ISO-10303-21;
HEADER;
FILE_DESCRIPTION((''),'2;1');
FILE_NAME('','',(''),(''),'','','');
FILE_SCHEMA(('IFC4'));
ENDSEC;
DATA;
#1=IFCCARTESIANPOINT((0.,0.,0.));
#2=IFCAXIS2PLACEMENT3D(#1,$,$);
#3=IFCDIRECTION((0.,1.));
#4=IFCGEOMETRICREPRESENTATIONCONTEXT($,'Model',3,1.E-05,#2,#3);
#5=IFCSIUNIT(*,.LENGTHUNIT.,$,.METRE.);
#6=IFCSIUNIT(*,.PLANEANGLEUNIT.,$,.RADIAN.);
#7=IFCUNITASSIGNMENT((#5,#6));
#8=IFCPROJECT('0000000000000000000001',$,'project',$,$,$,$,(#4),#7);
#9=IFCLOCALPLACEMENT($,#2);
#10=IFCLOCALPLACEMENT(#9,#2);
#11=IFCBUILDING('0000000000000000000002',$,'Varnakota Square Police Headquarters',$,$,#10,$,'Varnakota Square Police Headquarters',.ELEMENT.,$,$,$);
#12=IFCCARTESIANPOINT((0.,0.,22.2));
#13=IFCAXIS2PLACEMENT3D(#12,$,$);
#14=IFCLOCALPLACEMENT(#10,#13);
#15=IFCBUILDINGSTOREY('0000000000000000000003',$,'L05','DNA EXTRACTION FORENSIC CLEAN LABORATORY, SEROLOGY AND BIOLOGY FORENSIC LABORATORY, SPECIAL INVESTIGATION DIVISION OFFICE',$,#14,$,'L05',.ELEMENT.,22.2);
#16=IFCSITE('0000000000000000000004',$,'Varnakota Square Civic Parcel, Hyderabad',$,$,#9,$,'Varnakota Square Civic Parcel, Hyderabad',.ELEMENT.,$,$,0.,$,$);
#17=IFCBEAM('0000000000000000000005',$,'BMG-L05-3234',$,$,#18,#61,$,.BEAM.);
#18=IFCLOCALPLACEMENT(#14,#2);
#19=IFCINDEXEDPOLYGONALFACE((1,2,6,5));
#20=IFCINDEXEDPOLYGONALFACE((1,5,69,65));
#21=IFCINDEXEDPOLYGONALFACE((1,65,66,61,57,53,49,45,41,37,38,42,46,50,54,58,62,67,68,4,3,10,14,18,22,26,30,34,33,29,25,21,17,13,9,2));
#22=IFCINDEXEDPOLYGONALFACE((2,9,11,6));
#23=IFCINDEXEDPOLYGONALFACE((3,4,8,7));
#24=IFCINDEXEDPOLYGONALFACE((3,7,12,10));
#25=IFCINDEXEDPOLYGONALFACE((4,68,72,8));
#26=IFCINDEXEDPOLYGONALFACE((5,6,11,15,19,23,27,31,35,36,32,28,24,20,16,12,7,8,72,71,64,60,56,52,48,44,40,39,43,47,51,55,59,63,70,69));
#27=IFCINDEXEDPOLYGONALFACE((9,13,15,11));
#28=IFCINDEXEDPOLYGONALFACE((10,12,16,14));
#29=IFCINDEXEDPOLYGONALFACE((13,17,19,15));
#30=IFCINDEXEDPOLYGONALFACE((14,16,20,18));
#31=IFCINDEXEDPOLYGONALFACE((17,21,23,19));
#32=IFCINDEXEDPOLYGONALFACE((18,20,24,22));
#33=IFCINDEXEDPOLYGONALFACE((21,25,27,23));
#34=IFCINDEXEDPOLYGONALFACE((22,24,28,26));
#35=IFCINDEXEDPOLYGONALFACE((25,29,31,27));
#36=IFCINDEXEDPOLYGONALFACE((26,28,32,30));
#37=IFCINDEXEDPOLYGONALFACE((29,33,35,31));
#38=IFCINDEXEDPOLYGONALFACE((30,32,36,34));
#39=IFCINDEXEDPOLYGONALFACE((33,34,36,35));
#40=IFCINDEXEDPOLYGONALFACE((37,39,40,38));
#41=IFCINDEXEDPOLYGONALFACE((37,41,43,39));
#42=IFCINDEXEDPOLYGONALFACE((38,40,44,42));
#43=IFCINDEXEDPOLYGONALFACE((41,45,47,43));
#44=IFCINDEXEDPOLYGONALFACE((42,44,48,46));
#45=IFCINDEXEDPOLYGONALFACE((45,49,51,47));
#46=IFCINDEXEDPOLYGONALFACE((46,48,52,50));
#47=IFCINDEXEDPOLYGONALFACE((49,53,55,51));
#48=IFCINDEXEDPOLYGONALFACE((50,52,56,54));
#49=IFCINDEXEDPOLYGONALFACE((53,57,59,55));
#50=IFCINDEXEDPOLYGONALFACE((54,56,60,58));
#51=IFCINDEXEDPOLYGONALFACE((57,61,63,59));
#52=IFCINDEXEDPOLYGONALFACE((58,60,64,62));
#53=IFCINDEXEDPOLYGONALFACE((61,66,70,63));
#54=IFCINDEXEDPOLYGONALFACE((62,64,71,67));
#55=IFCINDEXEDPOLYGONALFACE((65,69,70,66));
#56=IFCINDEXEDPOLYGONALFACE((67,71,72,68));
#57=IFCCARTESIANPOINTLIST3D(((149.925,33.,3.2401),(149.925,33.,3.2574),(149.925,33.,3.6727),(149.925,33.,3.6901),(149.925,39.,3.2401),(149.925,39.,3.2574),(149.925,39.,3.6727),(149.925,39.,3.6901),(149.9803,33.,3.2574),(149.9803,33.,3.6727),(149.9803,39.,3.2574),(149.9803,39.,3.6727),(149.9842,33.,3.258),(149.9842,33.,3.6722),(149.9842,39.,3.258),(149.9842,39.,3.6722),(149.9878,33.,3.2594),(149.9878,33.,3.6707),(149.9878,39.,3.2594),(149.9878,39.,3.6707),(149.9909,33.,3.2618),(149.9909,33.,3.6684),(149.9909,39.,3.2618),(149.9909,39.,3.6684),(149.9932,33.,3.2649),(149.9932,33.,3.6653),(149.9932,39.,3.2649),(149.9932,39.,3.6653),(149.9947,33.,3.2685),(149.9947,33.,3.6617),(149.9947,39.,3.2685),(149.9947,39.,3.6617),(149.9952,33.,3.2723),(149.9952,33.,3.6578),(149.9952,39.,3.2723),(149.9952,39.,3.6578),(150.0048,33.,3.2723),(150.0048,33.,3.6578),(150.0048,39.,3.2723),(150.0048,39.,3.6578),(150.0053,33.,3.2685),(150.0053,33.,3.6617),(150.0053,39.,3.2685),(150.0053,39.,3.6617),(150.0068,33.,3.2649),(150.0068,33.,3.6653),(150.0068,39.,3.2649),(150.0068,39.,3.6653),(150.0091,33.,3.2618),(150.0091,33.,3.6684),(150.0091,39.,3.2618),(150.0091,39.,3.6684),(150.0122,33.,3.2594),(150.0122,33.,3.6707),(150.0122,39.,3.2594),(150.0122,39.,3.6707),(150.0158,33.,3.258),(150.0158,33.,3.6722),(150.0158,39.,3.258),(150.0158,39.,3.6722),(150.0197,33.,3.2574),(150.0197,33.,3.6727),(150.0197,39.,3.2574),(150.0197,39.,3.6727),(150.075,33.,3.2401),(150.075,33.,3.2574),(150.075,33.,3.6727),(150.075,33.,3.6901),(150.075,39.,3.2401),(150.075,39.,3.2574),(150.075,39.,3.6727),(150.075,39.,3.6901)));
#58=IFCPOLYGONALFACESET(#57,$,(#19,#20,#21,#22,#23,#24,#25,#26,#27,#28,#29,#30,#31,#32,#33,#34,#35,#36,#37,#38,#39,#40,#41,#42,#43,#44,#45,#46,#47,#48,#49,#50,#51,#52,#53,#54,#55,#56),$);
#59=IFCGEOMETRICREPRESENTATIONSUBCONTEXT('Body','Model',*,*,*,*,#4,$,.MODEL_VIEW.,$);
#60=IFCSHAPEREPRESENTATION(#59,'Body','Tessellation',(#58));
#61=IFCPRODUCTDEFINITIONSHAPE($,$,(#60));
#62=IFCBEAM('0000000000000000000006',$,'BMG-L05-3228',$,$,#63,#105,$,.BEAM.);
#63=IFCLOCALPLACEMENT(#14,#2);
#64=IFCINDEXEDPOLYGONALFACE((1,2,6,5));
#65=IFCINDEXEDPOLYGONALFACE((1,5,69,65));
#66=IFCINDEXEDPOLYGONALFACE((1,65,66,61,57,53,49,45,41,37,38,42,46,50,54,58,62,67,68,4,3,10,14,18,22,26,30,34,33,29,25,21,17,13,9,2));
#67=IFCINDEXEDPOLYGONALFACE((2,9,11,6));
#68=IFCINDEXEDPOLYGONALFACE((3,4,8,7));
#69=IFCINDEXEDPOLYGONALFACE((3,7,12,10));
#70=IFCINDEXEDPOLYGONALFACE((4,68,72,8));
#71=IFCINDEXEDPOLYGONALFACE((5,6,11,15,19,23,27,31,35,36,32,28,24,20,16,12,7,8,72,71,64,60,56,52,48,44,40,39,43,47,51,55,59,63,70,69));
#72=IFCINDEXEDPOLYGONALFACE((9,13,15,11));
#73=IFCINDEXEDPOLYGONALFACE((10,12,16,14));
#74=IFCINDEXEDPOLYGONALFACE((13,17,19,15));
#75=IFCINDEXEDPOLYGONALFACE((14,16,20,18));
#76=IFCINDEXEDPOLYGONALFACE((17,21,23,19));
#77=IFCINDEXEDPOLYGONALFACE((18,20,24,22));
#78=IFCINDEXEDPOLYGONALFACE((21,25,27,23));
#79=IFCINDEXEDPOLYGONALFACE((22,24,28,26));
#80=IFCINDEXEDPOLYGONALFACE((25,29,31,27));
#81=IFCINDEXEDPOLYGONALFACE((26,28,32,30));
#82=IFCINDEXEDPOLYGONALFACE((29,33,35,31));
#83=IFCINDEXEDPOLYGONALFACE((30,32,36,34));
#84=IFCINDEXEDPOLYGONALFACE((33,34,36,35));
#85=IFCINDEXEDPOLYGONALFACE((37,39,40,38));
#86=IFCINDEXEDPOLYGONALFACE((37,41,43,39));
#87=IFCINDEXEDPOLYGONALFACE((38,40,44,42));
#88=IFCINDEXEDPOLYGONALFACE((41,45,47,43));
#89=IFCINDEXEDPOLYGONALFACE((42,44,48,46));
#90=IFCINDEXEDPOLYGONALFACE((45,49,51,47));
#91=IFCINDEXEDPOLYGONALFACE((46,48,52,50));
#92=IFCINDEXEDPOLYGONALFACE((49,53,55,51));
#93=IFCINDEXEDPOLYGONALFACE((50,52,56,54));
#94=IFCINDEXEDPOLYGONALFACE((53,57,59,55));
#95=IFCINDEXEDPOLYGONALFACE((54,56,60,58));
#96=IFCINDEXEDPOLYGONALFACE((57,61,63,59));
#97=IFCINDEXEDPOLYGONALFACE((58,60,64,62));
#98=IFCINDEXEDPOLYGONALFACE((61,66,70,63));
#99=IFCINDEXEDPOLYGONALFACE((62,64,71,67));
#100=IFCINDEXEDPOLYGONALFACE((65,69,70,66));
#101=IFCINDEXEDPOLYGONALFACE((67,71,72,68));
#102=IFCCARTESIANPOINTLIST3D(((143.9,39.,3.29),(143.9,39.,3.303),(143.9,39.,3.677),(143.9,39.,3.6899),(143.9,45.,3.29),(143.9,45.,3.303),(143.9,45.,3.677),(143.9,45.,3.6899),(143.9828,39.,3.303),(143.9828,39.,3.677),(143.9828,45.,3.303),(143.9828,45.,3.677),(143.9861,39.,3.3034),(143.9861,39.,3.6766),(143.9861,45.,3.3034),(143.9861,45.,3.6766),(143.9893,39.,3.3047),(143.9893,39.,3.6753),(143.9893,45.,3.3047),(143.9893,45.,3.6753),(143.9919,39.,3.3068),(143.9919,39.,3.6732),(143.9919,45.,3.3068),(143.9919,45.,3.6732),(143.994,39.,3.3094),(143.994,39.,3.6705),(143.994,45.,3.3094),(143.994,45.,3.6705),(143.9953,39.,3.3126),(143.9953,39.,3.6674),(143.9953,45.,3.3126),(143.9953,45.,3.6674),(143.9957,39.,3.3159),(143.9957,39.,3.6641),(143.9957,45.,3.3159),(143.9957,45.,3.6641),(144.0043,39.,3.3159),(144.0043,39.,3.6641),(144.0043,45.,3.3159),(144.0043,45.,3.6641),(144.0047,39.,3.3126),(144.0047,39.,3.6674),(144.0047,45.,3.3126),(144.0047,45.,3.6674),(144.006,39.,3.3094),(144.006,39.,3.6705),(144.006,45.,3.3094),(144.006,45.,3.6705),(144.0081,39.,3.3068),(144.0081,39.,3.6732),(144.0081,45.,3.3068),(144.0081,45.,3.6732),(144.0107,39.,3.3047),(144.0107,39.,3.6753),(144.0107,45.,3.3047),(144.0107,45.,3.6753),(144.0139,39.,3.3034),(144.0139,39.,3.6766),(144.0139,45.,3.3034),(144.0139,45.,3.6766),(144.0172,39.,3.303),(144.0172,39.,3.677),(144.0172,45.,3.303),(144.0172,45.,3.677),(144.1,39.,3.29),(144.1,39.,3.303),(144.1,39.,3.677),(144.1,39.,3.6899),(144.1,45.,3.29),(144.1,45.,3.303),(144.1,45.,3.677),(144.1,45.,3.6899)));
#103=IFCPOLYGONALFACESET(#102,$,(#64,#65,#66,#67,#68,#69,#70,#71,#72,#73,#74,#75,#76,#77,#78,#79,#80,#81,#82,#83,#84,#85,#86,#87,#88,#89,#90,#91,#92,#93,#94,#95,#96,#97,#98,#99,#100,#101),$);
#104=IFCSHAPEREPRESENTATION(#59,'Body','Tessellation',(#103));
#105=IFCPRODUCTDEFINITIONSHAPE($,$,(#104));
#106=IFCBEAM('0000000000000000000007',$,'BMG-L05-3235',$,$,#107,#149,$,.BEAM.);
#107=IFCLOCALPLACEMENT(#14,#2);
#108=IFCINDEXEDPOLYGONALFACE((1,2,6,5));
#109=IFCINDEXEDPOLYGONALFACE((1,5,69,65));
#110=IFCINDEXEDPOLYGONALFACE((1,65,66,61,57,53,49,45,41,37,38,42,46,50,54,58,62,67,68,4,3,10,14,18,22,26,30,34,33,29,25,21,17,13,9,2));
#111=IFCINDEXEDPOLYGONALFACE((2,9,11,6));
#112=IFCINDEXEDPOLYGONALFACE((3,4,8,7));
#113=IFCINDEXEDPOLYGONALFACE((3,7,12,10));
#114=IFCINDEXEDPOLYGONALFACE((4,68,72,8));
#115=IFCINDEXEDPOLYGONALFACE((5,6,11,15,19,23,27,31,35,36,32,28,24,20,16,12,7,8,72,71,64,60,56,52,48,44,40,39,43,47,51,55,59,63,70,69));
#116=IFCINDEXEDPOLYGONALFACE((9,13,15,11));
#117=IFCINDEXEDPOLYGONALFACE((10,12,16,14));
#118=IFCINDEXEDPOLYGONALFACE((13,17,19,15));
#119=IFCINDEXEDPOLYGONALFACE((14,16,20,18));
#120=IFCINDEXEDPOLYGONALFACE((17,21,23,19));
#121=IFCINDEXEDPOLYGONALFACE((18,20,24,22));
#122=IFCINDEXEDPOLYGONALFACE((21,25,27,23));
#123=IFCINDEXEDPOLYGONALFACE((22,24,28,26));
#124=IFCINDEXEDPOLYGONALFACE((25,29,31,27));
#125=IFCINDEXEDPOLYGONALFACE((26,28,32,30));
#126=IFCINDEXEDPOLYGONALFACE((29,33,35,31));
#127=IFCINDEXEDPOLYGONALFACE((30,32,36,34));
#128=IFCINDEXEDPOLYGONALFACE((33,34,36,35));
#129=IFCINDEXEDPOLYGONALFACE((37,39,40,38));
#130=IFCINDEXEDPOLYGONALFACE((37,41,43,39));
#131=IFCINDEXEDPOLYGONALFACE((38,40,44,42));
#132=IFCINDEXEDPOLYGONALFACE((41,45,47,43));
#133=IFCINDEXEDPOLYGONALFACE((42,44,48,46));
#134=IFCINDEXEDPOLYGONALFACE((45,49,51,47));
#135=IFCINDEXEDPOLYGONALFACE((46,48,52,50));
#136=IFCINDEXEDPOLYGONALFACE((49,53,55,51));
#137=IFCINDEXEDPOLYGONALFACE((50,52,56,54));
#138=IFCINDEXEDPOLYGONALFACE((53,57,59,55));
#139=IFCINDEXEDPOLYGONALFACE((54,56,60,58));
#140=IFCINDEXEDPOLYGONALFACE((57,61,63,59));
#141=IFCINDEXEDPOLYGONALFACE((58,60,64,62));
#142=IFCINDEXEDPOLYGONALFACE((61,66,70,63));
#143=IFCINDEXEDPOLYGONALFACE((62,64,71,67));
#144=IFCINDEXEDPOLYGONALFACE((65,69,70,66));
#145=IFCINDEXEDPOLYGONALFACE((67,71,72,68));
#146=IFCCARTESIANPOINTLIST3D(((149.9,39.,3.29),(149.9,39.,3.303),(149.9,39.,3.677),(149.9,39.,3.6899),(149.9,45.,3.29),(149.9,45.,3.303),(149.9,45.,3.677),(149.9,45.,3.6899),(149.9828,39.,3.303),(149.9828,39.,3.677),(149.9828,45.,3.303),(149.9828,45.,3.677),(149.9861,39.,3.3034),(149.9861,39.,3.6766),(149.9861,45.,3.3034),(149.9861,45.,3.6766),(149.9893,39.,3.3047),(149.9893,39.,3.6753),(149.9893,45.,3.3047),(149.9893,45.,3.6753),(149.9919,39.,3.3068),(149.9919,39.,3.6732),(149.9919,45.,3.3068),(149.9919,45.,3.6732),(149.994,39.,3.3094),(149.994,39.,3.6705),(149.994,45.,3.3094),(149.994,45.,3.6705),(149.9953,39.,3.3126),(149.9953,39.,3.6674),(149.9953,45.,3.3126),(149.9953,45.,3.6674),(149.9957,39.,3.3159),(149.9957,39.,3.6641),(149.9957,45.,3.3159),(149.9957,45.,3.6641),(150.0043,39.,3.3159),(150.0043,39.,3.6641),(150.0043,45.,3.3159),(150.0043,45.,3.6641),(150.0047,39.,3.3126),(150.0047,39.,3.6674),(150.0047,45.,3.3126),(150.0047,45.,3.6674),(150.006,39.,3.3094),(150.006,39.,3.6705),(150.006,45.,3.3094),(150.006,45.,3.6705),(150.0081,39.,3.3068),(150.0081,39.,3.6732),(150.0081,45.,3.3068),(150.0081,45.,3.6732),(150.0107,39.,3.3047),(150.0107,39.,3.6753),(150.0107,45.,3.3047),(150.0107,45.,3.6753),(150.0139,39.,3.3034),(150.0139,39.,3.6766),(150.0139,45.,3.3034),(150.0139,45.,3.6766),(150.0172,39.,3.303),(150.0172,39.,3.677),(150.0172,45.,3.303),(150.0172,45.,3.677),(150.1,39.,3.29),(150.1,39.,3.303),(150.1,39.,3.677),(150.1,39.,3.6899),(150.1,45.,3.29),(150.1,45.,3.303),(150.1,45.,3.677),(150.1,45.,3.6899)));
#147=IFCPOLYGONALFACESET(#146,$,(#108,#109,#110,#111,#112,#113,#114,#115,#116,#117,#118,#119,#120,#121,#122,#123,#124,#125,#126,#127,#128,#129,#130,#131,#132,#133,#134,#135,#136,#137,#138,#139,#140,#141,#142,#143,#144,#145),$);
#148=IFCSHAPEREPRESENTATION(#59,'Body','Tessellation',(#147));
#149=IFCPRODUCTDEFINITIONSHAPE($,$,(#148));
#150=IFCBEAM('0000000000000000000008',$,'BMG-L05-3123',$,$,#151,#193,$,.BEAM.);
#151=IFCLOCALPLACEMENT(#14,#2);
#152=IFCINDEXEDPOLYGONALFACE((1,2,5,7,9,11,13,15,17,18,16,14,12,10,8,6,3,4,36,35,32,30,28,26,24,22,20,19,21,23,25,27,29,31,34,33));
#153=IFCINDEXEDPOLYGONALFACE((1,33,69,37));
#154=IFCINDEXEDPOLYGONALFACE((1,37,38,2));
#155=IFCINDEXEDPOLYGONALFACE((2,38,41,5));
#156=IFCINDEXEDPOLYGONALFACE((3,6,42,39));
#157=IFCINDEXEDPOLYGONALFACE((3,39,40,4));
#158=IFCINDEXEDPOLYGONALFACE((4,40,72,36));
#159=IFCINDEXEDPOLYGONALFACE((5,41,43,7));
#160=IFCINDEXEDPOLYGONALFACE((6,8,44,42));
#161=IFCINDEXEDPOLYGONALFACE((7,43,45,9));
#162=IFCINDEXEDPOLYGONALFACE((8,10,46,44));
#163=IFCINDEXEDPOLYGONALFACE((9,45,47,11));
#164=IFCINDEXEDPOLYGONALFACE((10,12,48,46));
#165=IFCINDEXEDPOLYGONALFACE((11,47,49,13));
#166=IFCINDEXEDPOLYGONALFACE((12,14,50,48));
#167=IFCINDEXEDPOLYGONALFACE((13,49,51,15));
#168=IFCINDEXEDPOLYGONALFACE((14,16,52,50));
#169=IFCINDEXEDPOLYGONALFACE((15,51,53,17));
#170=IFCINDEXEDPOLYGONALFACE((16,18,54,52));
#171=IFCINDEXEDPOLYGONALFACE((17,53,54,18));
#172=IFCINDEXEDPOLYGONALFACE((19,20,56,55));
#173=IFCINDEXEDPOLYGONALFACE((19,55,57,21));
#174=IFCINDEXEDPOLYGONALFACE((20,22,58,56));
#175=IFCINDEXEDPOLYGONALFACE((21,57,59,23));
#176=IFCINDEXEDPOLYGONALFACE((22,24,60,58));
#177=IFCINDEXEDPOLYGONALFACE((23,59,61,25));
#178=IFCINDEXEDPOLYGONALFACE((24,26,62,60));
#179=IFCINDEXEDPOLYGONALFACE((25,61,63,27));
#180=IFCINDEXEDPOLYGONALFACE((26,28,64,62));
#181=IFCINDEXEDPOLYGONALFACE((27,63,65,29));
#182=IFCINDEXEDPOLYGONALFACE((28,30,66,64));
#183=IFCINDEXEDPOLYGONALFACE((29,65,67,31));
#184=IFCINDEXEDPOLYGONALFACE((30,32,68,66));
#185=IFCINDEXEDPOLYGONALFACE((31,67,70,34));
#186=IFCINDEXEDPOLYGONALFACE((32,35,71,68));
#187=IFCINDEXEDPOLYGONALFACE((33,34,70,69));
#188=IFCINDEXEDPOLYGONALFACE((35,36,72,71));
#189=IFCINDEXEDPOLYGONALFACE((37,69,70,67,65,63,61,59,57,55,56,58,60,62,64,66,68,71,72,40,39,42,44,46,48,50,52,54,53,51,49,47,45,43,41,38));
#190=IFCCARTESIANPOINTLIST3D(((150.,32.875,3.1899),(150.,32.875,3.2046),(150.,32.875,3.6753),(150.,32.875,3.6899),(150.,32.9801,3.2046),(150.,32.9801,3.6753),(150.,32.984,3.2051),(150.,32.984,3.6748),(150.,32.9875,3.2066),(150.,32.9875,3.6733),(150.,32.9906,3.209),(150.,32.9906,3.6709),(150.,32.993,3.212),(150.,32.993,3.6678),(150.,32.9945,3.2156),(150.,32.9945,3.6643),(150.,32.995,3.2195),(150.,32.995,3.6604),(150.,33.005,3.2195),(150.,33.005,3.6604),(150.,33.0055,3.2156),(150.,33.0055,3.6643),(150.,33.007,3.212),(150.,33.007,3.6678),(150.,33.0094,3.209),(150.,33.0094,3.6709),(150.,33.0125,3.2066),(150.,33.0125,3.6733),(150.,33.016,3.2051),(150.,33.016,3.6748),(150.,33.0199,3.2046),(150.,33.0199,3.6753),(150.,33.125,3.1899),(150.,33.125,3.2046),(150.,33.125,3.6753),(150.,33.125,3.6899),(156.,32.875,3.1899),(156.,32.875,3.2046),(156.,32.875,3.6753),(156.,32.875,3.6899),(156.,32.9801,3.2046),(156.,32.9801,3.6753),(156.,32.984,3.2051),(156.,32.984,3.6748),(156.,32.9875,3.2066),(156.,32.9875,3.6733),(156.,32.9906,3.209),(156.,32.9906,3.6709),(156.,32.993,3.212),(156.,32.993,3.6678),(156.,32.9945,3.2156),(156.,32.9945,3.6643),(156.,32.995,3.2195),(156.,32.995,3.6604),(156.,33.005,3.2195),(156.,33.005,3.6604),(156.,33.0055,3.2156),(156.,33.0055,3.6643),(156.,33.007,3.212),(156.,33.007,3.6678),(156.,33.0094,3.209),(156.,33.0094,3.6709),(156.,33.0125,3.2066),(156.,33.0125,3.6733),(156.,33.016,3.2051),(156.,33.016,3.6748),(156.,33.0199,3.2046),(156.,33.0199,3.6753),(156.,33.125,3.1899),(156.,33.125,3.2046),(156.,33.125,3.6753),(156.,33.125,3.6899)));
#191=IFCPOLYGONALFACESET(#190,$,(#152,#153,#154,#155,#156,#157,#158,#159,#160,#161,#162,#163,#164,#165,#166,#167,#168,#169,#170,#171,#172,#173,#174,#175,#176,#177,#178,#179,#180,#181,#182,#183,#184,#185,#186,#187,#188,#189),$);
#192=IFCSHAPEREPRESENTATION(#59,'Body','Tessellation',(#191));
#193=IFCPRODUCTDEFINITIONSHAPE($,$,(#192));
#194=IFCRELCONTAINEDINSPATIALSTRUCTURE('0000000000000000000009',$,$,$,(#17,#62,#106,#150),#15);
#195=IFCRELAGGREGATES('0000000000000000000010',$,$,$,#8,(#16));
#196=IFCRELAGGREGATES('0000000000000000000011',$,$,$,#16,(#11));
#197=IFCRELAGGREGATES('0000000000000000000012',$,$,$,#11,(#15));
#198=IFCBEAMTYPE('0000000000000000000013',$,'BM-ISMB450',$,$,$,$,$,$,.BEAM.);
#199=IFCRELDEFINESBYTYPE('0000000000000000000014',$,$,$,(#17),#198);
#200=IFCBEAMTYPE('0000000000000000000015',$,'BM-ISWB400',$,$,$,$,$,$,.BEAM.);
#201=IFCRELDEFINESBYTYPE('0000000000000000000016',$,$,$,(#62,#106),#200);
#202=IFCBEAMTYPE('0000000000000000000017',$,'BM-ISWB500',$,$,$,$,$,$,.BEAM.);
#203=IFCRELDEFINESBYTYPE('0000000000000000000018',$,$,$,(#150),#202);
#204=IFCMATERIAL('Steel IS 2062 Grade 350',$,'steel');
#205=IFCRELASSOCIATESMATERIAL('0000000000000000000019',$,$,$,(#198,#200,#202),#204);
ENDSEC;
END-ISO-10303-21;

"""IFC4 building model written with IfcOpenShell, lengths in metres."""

from ifc_helpers import new_model, si_unit, direction, frame, origin, origin_2d, place, context, subcontext, project, spatial, i_section, extrude, material, material_profile, profile_set, type_object, element, save


model = new_model("IFC4")

# Units and contexts
model_context = context("Model", 3, precision=1e-05, world=origin(), true_north=direction((0.0, 1.0)))
body_context = subcontext(model_context, "Body", "Model", "MODEL_VIEW")
ifc_project = project(units=[si_unit("LENGTHUNIT", "METRE"), si_unit("PLANEANGLEUNIT", "RADIAN")], contexts=[model_context])

# Site, building, storey
site_placement = place(None, origin())
site = spatial("IfcSite", under=ifc_project, at=site_placement, Name="Varnakota Square Civic Parcel, Hyderabad", LongName="Varnakota Square Civic Parcel, Hyderabad", CompositionType="ELEMENT", RefElevation=0.0)
building_placement = place(site_placement, origin())
building = spatial("IfcBuilding", under=site, at=building_placement, Name="Varnakota Square Police Headquarters", LongName="Varnakota Square Police Headquarters", CompositionType="ELEMENT")
storey_placement = place(building_placement, frame((0.0, 0.0, 22.2)))
storey = spatial("IfcBuildingStorey", under=building, at=storey_placement, Name="L05", Description="DNA EXTRACTION FORENSIC CLEAN LABORATORY, SEROLOGY AND BIOLOGY FORENSIC LABORATORY, SPECIAL INVESTIGATION DIVISION OFFICE", LongName="L05", CompositionType="ELEMENT", Elevation=22.2)

# Shared definitions
ifc_material_1 = material(Name="Steel IS 2062 Grade 350", Category="steel")

# Beams
ifc_material_profile_1 = material_profile(ifc_material_1, i_section(OverallWidth=0.1499, OverallDepth=0.45, WebThickness=0.0095, FlangeThickness=0.0173, FilletRadius=0.0149, at=origin_2d()), Name="ISMB 450")
ifc_profile_set_1 = profile_set([ifc_material_profile_1], Name="Steel IS 2062 Grade 350")
beam_type_1 = type_object("IfcBeamType", Name="BM-ISMB450", PredefinedType="BEAM", material=ifc_profile_set_1)
beam_1_placement = place(storey_placement, frame((150.0, 33.0, 3.4651), z_axis=(0.0, 1.0, 0.0), x_axis=(-1.0, 0.0, 0.0)))
element("IfcBeam", 1, at=beam_1_placement, inside=storey, type_object=beam_type_1, Name="BMG-L05-3234", PredefinedType="BEAM", context=body_context, shape_type="SweptSolid", body=[
    extrude(i_section(OverallWidth=0.1499, OverallDepth=0.45, WebThickness=0.0095, FlangeThickness=0.0173, FilletRadius=0.0149, at=origin_2d()), origin(), (0.0, 0.0, 1.0), 6.0),
])
ifc_material_profile_2 = material_profile(ifc_material_1, i_section(OverallWidth=0.2, OverallDepth=0.3999, WebThickness=0.0085, FlangeThickness=0.0129, FilletRadius=0.0129, at=origin_2d()), Name="ISWB 400")
ifc_profile_set_2 = profile_set([ifc_material_profile_2], Name="Steel IS 2062 Grade 350")
beam_type_2 = type_object("IfcBeamType", Name="BM-ISWB400", PredefinedType="BEAM", material=ifc_profile_set_2)
for number, where, z_axis, x_axis, name in (
    (2, (144.0, 39.0, 3.49), (0.0, 1.0, 0.0), (-1.0, 0.0, 0.0), "BMG-L05-3228"),
    (3, (150.0, 39.0, 3.49), (0.0, 1.0, 0.0), (-1.0, 0.0, 0.0), "BMG-L05-3235"),
):
    element("IfcBeam", number, at=place(storey_placement, frame(where, z_axis=z_axis, x_axis=x_axis)), inside=storey, type_object=beam_type_2, Name=name, PredefinedType="BEAM", context=body_context, shape_type="SweptSolid", body=[
        extrude(i_section(OverallWidth=0.2, OverallDepth=0.3999, WebThickness=0.0085, FlangeThickness=0.0129, FilletRadius=0.0129, at=origin_2d()), origin(), (0.0, 0.0, 1.0), 6.0),
    ])
ifc_material_profile_3 = material_profile(ifc_material_1, i_section(OverallWidth=0.25, OverallDepth=0.5, WebThickness=0.01, FlangeThickness=0.0146, FilletRadius=0.0149, at=origin_2d()), Name="ISWB 500")
ifc_profile_set_3 = profile_set([ifc_material_profile_3], Name="Steel IS 2062 Grade 350")
beam_type_3 = type_object("IfcBeamType", Name="BM-ISWB500", PredefinedType="BEAM", material=ifc_profile_set_3)
beam_2_placement = place(storey_placement, frame((150.0, 33.0, 3.4399), z_axis=(1.0, 0.0, 0.0), x_axis=(0.0, 1.0, 0.0)))
element("IfcBeam", 4, at=beam_2_placement, inside=storey, type_object=beam_type_3, Name="BMG-L05-3123", PredefinedType="BEAM", context=body_context, shape_type="SweptSolid", body=[
    extrude(i_section(OverallWidth=0.25, OverallDepth=0.5, WebThickness=0.01, FlangeThickness=0.0146, FilletRadius=0.0149, at=origin_2d()), origin(), (0.0, 0.0, 1.0), 6.0),
])

save(model, "model.ifc")
